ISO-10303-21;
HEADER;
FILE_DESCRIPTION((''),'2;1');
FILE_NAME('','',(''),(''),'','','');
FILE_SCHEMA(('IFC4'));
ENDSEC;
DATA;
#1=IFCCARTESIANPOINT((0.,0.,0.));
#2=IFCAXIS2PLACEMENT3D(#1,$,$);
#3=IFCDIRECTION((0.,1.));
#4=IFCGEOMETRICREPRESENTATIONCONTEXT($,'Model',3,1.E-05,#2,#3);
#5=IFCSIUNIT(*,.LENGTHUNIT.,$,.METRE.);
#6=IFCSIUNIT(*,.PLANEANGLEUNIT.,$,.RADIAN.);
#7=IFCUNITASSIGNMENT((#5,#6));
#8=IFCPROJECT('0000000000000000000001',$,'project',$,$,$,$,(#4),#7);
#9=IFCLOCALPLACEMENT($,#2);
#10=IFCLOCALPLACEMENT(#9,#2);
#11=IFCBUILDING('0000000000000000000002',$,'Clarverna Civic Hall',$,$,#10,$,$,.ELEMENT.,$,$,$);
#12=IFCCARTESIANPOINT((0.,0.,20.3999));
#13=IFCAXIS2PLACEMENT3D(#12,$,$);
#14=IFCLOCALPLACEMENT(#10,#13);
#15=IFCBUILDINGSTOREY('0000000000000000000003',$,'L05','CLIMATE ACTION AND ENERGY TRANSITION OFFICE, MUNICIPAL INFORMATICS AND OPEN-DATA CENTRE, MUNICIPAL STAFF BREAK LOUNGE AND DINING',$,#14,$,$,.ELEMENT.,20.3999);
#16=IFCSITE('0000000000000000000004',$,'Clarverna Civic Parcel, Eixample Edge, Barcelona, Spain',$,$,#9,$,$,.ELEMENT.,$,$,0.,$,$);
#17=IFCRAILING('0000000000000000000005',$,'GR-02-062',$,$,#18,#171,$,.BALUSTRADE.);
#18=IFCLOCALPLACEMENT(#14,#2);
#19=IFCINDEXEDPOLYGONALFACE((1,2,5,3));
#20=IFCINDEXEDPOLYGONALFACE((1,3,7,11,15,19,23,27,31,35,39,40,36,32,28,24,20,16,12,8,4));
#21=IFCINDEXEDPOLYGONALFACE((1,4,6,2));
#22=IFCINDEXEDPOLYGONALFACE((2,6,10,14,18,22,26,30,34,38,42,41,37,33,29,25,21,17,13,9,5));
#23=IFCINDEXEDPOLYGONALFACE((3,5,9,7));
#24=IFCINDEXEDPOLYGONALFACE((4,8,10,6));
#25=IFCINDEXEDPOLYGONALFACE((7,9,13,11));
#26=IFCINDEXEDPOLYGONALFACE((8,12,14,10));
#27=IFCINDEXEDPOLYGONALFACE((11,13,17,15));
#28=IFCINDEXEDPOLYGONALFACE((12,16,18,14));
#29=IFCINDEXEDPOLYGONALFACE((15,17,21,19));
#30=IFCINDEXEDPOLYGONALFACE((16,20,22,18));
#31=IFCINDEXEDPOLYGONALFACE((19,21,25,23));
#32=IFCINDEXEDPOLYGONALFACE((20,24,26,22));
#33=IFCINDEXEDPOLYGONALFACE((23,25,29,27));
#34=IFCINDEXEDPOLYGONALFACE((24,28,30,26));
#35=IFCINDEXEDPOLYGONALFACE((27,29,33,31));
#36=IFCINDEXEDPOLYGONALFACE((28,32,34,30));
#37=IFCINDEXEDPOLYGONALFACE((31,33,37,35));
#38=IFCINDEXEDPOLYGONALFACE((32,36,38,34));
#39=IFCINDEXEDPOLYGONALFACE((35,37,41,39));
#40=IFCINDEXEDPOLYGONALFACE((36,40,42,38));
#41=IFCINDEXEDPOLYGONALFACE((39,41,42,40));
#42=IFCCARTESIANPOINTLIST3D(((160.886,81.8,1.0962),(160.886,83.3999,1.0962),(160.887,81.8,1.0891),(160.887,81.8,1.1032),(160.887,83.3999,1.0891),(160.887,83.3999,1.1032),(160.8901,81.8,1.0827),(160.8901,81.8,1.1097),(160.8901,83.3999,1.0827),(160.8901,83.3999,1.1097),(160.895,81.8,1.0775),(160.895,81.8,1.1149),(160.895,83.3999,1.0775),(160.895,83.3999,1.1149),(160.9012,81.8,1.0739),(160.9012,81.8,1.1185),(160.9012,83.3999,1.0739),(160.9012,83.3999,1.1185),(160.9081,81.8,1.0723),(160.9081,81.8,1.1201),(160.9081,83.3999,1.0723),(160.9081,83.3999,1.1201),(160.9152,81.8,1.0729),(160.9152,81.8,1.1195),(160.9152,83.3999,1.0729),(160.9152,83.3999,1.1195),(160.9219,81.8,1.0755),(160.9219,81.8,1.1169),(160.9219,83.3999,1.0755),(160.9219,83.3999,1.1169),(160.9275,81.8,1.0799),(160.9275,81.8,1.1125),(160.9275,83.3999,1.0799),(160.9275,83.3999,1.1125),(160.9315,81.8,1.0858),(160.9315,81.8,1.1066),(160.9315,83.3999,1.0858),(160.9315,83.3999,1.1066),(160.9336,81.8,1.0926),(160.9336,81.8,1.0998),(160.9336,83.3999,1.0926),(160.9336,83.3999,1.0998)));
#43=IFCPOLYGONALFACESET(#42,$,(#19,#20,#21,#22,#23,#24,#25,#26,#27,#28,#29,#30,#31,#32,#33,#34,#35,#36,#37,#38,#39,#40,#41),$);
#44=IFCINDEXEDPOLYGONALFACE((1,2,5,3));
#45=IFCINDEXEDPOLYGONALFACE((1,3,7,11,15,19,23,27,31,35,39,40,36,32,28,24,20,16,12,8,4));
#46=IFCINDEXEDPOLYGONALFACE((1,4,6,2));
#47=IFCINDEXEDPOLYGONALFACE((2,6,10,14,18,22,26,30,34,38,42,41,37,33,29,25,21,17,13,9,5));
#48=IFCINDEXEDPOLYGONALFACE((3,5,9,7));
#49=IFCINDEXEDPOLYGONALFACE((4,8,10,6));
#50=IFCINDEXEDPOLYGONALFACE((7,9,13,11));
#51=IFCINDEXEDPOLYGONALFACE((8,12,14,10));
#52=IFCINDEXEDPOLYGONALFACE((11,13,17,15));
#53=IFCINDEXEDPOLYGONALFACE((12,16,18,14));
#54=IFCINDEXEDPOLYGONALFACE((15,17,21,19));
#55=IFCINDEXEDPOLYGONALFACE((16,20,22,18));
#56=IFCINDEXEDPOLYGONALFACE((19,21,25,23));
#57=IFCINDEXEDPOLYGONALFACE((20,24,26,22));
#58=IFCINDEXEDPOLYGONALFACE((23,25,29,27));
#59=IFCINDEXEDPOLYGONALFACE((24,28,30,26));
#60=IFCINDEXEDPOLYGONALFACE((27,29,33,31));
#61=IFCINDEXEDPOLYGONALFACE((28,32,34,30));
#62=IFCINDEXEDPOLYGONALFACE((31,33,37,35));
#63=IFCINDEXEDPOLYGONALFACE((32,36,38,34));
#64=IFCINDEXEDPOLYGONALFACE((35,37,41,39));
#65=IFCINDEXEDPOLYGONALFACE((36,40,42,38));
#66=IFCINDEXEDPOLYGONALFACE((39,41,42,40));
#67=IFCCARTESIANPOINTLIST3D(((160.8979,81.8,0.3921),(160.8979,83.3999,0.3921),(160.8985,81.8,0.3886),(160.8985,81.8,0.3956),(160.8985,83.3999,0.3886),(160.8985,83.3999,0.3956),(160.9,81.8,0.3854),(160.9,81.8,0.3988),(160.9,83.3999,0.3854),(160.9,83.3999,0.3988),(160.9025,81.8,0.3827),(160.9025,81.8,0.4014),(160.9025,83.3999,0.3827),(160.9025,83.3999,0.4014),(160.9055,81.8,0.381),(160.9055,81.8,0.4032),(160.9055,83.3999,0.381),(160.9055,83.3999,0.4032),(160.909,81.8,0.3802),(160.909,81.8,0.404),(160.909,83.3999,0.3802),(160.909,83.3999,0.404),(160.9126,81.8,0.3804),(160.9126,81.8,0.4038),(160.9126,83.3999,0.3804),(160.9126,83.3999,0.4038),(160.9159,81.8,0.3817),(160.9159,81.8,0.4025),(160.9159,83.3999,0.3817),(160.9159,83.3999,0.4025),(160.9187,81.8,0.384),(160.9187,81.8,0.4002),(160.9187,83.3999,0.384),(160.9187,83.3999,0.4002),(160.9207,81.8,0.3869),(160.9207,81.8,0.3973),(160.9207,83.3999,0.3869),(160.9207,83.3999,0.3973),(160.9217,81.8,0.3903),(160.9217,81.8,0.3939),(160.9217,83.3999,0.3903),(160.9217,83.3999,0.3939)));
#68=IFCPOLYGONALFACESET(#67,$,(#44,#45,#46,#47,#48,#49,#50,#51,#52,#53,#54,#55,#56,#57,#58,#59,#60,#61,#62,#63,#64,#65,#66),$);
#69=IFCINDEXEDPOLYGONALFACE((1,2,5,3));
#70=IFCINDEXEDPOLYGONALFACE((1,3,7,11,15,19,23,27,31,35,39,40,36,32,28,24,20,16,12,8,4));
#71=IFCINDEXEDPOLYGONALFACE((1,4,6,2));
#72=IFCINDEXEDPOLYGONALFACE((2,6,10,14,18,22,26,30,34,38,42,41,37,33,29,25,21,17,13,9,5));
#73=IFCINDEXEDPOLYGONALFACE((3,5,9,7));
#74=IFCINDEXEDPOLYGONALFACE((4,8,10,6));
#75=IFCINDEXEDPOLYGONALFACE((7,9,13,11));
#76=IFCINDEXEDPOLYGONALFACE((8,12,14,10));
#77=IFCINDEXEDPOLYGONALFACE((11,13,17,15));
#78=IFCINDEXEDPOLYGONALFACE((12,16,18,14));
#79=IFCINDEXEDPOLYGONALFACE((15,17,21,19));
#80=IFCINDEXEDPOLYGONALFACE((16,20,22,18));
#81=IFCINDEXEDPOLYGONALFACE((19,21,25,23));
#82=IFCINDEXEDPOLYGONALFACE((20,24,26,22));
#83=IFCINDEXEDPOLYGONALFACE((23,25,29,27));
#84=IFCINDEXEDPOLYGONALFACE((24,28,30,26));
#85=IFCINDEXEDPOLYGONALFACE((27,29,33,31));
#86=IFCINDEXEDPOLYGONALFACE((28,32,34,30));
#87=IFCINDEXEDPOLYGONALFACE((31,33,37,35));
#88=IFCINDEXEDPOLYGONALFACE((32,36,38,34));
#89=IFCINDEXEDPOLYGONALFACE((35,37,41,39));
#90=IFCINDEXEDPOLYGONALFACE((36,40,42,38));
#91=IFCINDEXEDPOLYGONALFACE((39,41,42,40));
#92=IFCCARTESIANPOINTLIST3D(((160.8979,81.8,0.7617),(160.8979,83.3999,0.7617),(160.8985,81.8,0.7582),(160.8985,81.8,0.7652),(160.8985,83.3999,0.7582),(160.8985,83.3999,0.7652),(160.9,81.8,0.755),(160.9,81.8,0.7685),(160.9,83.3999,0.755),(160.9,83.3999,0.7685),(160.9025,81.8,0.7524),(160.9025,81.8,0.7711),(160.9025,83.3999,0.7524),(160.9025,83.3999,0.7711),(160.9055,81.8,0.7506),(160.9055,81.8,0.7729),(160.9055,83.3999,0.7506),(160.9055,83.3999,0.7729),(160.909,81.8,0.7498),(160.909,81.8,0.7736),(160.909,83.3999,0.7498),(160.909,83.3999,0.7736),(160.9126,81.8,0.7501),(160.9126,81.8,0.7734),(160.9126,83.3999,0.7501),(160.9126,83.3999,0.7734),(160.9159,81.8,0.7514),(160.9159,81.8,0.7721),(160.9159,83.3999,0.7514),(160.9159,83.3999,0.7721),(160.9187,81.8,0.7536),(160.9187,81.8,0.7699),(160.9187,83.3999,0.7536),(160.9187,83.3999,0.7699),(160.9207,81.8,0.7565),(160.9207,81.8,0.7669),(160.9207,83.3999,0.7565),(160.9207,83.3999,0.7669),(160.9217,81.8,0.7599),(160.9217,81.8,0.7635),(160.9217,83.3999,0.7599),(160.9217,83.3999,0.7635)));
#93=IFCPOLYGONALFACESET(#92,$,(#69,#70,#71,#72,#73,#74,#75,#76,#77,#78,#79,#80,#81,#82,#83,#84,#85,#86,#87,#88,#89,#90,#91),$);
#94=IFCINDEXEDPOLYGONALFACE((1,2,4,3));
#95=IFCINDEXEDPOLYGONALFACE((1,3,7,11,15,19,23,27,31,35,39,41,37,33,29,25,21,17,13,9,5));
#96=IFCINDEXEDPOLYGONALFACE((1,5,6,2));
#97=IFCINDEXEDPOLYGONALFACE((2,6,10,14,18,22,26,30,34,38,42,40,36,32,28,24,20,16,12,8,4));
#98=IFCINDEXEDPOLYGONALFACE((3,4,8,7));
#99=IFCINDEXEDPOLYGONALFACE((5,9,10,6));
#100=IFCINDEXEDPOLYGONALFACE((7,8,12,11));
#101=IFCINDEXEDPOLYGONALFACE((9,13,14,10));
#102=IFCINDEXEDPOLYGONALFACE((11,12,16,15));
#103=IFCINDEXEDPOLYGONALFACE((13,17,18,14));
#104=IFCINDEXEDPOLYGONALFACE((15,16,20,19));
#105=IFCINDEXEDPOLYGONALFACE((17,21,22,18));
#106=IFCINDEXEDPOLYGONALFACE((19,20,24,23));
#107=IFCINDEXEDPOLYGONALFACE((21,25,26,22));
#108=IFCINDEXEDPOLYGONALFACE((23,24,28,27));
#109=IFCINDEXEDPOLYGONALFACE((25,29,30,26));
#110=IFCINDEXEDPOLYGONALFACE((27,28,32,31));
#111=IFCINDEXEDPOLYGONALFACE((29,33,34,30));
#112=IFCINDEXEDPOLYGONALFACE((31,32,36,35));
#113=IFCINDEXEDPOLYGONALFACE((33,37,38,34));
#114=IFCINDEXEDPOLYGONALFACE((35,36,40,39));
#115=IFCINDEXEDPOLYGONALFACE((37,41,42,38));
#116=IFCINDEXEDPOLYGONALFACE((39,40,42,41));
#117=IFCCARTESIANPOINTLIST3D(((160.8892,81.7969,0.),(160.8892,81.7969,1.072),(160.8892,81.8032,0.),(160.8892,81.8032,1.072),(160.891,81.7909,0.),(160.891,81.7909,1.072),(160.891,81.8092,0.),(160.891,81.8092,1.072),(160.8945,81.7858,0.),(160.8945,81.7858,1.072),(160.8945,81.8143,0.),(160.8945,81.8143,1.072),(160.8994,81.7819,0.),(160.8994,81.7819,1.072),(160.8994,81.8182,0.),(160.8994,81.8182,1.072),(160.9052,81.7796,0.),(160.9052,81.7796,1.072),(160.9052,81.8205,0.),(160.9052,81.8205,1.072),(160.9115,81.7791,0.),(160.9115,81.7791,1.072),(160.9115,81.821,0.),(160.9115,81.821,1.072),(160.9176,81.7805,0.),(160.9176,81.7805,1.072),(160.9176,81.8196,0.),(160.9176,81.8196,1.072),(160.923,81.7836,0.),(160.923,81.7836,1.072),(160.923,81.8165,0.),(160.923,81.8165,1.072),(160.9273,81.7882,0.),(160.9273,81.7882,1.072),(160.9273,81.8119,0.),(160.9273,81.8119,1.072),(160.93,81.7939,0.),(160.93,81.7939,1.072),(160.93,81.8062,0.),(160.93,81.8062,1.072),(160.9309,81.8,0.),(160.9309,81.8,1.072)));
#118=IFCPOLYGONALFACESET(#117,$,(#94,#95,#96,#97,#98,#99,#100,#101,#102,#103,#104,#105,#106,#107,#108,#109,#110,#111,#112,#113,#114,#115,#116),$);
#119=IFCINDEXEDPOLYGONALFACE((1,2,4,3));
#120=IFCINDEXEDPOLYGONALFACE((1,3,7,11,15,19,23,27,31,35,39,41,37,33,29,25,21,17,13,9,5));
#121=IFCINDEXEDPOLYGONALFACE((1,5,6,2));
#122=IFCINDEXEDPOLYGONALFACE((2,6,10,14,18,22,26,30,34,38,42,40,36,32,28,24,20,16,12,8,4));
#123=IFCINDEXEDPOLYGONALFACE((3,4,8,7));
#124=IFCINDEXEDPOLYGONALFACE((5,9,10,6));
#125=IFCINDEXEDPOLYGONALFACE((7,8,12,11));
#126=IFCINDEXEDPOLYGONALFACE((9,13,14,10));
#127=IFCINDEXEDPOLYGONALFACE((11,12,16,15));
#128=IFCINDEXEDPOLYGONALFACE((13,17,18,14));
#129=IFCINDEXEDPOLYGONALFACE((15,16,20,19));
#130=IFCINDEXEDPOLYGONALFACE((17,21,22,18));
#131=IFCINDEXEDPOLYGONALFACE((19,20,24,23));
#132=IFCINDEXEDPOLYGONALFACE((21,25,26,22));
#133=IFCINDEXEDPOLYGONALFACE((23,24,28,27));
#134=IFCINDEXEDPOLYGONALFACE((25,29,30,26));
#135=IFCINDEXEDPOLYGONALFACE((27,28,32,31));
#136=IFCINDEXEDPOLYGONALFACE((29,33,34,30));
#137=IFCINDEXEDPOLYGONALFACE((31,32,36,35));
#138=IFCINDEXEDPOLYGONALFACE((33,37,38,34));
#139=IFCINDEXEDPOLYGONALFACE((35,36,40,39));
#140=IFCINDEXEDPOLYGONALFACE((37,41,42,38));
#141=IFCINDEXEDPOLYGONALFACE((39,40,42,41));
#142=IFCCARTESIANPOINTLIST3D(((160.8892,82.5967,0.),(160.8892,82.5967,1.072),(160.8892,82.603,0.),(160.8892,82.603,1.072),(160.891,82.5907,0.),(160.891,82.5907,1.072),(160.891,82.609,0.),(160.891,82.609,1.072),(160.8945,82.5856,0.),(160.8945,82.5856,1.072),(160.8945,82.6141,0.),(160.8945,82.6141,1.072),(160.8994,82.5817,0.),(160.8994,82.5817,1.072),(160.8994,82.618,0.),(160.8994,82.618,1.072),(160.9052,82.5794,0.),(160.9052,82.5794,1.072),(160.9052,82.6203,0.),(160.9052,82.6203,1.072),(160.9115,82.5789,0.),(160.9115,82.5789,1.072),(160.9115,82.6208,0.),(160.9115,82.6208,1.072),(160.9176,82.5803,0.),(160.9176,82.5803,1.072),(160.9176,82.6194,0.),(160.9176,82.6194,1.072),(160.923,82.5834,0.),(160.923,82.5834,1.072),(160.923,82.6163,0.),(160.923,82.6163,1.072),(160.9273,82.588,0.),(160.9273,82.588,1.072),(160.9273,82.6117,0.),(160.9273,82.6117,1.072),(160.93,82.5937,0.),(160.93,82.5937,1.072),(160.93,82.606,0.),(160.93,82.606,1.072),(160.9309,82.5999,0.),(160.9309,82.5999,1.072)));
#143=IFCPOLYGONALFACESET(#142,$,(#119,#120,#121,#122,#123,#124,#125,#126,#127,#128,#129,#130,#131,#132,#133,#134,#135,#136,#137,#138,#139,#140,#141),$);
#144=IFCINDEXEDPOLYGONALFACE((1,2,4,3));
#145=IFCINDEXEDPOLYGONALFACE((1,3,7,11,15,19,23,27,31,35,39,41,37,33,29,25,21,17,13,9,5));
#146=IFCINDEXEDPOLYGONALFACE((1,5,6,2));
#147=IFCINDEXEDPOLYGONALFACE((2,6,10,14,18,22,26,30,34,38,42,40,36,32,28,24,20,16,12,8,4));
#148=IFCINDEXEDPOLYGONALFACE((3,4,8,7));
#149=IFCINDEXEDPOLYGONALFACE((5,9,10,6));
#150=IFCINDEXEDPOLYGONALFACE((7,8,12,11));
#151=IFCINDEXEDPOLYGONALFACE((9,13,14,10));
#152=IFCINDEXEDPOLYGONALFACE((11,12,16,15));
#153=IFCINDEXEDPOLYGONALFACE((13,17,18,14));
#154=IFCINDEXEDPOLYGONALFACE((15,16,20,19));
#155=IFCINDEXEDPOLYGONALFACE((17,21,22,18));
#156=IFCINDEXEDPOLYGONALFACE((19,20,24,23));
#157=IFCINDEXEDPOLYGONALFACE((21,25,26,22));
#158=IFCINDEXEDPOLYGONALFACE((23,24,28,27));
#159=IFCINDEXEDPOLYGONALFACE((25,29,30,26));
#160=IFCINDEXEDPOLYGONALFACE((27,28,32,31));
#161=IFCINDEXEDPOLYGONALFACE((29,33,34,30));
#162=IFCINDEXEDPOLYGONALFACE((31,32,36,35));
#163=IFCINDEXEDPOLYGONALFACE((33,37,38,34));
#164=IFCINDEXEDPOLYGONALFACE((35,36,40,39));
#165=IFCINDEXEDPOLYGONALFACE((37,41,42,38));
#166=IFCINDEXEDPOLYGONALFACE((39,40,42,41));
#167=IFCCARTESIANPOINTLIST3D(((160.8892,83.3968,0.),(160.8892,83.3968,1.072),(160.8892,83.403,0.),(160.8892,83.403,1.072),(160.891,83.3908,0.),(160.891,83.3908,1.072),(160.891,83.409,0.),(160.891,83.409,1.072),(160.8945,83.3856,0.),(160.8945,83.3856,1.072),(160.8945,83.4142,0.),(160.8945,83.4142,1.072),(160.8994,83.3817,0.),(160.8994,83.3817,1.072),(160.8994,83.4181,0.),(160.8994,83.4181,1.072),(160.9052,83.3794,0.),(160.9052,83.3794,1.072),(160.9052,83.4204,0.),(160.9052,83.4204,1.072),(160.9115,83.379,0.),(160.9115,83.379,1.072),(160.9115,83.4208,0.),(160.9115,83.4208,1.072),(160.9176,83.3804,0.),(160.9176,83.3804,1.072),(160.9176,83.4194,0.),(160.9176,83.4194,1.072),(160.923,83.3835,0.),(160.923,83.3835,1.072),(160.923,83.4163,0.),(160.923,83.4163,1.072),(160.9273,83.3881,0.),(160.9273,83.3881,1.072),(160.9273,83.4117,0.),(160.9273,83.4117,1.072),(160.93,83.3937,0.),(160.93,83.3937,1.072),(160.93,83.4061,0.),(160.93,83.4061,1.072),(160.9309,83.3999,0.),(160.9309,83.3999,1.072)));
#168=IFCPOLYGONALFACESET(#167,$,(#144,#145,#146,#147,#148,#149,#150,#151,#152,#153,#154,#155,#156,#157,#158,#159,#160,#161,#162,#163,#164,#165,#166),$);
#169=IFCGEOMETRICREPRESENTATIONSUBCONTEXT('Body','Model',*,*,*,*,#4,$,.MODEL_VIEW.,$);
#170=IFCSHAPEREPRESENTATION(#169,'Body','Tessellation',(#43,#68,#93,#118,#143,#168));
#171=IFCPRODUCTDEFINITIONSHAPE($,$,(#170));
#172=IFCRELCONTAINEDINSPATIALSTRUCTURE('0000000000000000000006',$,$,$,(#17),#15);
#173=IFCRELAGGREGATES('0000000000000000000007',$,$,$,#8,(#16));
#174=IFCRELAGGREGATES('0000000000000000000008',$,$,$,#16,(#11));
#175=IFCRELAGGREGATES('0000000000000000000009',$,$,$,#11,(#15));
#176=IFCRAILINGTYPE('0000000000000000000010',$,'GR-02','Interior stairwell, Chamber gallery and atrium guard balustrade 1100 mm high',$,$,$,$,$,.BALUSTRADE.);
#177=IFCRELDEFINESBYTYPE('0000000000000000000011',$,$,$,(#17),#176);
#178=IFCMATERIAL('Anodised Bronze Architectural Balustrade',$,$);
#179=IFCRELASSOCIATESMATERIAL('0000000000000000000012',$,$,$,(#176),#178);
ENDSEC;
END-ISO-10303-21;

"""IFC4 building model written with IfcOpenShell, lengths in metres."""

from ifc_helpers import new_model, si_unit, direction, frame, origin, origin_2d, place, context, subcontext, project, spatial, circle, extrude, material, type_object, element, save


model = new_model("IFC4")

# Units and contexts
model_context = context("Model", 3, precision=1e-05, world=origin(), true_north=direction((0.0, 1.0)))
body_context = subcontext(model_context, "Body", "Model", "MODEL_VIEW")
ifc_project = project(units=[si_unit("LENGTHUNIT", "METRE"), si_unit("PLANEANGLEUNIT", "RADIAN")], contexts=[model_context])

# Site, building, storey
site_placement = place(None, origin())
site = spatial("IfcSite", under=ifc_project, at=site_placement, Name="Clarverna Civic Parcel, Eixample Edge, Barcelona, Spain", CompositionType="ELEMENT", RefElevation=0.0)
building_placement = place(site_placement, origin())
building = spatial("IfcBuilding", under=site, at=building_placement, Name="Clarverna Civic Hall", CompositionType="ELEMENT")
storey_placement = place(building_placement, frame((0.0, 0.0, 20.3999)))
storey = spatial("IfcBuildingStorey", under=building, at=storey_placement, Name="L05", Description="CLIMATE ACTION AND ENERGY TRANSITION OFFICE, MUNICIPAL INFORMATICS AND OPEN-DATA CENTRE, MUNICIPAL STAFF BREAK LOUNGE AND DINING", CompositionType="ELEMENT", Elevation=20.3999)

# Railing
ifc_material_1 = material(Name="Anodised Bronze Architectural Balustrade")
railing_type_1 = type_object("IfcRailingType", Name="GR-02", Description="Interior stairwell, Chamber gallery and atrium guard balustrade 1100 mm high", PredefinedType="BALUSTRADE", material=ifc_material_1)
railing_1_placement = place(storey_placement, frame((160.9099, 81.8, 0.0)))
element("IfcRailing", 1, at=railing_1_placement, inside=storey, type_object=railing_type_1, Name="GR-02-062", PredefinedType="BALUSTRADE", context=body_context, shape_type="SweptSolid", body=[
    extrude(circle(Radius=0.0239, at=origin_2d()), frame((0.0, 0.0, 1.0962), z_axis=(0.0, 1.0, 0.0), x_axis=(-1.0, 0.0, 0.0)), (0.0, 0.0, 1.0), 1.5999),
    extrude(circle(Radius=0.012, at=origin_2d()), frame((0.0, 0.0, 0.3921), z_axis=(0.0, 1.0, 0.0), x_axis=(-1.0, 0.0, 0.0)), (0.0, 0.0, 1.0), 1.5999),
    extrude(circle(Radius=0.012, at=origin_2d()), frame((0.0, 0.0, 0.7617), z_axis=(0.0, 1.0, 0.0), x_axis=(-1.0, 0.0, 0.0)), (0.0, 0.0, 1.0), 1.5999),
    extrude(circle(Radius=0.021, at=origin_2d()), origin(), (0.0, 0.0, 1.0), 1.072),
    extrude(circle(Radius=0.021, at=origin_2d()), frame((0.0, 0.7998, 0.0)), (0.0, 0.0, 1.0), 1.072),
    extrude(circle(Radius=0.021, at=origin_2d()), frame((0.0, 1.5999, 0.0)), (0.0, 0.0, 1.0), 1.072),
])

save(model, "model.ifc")
